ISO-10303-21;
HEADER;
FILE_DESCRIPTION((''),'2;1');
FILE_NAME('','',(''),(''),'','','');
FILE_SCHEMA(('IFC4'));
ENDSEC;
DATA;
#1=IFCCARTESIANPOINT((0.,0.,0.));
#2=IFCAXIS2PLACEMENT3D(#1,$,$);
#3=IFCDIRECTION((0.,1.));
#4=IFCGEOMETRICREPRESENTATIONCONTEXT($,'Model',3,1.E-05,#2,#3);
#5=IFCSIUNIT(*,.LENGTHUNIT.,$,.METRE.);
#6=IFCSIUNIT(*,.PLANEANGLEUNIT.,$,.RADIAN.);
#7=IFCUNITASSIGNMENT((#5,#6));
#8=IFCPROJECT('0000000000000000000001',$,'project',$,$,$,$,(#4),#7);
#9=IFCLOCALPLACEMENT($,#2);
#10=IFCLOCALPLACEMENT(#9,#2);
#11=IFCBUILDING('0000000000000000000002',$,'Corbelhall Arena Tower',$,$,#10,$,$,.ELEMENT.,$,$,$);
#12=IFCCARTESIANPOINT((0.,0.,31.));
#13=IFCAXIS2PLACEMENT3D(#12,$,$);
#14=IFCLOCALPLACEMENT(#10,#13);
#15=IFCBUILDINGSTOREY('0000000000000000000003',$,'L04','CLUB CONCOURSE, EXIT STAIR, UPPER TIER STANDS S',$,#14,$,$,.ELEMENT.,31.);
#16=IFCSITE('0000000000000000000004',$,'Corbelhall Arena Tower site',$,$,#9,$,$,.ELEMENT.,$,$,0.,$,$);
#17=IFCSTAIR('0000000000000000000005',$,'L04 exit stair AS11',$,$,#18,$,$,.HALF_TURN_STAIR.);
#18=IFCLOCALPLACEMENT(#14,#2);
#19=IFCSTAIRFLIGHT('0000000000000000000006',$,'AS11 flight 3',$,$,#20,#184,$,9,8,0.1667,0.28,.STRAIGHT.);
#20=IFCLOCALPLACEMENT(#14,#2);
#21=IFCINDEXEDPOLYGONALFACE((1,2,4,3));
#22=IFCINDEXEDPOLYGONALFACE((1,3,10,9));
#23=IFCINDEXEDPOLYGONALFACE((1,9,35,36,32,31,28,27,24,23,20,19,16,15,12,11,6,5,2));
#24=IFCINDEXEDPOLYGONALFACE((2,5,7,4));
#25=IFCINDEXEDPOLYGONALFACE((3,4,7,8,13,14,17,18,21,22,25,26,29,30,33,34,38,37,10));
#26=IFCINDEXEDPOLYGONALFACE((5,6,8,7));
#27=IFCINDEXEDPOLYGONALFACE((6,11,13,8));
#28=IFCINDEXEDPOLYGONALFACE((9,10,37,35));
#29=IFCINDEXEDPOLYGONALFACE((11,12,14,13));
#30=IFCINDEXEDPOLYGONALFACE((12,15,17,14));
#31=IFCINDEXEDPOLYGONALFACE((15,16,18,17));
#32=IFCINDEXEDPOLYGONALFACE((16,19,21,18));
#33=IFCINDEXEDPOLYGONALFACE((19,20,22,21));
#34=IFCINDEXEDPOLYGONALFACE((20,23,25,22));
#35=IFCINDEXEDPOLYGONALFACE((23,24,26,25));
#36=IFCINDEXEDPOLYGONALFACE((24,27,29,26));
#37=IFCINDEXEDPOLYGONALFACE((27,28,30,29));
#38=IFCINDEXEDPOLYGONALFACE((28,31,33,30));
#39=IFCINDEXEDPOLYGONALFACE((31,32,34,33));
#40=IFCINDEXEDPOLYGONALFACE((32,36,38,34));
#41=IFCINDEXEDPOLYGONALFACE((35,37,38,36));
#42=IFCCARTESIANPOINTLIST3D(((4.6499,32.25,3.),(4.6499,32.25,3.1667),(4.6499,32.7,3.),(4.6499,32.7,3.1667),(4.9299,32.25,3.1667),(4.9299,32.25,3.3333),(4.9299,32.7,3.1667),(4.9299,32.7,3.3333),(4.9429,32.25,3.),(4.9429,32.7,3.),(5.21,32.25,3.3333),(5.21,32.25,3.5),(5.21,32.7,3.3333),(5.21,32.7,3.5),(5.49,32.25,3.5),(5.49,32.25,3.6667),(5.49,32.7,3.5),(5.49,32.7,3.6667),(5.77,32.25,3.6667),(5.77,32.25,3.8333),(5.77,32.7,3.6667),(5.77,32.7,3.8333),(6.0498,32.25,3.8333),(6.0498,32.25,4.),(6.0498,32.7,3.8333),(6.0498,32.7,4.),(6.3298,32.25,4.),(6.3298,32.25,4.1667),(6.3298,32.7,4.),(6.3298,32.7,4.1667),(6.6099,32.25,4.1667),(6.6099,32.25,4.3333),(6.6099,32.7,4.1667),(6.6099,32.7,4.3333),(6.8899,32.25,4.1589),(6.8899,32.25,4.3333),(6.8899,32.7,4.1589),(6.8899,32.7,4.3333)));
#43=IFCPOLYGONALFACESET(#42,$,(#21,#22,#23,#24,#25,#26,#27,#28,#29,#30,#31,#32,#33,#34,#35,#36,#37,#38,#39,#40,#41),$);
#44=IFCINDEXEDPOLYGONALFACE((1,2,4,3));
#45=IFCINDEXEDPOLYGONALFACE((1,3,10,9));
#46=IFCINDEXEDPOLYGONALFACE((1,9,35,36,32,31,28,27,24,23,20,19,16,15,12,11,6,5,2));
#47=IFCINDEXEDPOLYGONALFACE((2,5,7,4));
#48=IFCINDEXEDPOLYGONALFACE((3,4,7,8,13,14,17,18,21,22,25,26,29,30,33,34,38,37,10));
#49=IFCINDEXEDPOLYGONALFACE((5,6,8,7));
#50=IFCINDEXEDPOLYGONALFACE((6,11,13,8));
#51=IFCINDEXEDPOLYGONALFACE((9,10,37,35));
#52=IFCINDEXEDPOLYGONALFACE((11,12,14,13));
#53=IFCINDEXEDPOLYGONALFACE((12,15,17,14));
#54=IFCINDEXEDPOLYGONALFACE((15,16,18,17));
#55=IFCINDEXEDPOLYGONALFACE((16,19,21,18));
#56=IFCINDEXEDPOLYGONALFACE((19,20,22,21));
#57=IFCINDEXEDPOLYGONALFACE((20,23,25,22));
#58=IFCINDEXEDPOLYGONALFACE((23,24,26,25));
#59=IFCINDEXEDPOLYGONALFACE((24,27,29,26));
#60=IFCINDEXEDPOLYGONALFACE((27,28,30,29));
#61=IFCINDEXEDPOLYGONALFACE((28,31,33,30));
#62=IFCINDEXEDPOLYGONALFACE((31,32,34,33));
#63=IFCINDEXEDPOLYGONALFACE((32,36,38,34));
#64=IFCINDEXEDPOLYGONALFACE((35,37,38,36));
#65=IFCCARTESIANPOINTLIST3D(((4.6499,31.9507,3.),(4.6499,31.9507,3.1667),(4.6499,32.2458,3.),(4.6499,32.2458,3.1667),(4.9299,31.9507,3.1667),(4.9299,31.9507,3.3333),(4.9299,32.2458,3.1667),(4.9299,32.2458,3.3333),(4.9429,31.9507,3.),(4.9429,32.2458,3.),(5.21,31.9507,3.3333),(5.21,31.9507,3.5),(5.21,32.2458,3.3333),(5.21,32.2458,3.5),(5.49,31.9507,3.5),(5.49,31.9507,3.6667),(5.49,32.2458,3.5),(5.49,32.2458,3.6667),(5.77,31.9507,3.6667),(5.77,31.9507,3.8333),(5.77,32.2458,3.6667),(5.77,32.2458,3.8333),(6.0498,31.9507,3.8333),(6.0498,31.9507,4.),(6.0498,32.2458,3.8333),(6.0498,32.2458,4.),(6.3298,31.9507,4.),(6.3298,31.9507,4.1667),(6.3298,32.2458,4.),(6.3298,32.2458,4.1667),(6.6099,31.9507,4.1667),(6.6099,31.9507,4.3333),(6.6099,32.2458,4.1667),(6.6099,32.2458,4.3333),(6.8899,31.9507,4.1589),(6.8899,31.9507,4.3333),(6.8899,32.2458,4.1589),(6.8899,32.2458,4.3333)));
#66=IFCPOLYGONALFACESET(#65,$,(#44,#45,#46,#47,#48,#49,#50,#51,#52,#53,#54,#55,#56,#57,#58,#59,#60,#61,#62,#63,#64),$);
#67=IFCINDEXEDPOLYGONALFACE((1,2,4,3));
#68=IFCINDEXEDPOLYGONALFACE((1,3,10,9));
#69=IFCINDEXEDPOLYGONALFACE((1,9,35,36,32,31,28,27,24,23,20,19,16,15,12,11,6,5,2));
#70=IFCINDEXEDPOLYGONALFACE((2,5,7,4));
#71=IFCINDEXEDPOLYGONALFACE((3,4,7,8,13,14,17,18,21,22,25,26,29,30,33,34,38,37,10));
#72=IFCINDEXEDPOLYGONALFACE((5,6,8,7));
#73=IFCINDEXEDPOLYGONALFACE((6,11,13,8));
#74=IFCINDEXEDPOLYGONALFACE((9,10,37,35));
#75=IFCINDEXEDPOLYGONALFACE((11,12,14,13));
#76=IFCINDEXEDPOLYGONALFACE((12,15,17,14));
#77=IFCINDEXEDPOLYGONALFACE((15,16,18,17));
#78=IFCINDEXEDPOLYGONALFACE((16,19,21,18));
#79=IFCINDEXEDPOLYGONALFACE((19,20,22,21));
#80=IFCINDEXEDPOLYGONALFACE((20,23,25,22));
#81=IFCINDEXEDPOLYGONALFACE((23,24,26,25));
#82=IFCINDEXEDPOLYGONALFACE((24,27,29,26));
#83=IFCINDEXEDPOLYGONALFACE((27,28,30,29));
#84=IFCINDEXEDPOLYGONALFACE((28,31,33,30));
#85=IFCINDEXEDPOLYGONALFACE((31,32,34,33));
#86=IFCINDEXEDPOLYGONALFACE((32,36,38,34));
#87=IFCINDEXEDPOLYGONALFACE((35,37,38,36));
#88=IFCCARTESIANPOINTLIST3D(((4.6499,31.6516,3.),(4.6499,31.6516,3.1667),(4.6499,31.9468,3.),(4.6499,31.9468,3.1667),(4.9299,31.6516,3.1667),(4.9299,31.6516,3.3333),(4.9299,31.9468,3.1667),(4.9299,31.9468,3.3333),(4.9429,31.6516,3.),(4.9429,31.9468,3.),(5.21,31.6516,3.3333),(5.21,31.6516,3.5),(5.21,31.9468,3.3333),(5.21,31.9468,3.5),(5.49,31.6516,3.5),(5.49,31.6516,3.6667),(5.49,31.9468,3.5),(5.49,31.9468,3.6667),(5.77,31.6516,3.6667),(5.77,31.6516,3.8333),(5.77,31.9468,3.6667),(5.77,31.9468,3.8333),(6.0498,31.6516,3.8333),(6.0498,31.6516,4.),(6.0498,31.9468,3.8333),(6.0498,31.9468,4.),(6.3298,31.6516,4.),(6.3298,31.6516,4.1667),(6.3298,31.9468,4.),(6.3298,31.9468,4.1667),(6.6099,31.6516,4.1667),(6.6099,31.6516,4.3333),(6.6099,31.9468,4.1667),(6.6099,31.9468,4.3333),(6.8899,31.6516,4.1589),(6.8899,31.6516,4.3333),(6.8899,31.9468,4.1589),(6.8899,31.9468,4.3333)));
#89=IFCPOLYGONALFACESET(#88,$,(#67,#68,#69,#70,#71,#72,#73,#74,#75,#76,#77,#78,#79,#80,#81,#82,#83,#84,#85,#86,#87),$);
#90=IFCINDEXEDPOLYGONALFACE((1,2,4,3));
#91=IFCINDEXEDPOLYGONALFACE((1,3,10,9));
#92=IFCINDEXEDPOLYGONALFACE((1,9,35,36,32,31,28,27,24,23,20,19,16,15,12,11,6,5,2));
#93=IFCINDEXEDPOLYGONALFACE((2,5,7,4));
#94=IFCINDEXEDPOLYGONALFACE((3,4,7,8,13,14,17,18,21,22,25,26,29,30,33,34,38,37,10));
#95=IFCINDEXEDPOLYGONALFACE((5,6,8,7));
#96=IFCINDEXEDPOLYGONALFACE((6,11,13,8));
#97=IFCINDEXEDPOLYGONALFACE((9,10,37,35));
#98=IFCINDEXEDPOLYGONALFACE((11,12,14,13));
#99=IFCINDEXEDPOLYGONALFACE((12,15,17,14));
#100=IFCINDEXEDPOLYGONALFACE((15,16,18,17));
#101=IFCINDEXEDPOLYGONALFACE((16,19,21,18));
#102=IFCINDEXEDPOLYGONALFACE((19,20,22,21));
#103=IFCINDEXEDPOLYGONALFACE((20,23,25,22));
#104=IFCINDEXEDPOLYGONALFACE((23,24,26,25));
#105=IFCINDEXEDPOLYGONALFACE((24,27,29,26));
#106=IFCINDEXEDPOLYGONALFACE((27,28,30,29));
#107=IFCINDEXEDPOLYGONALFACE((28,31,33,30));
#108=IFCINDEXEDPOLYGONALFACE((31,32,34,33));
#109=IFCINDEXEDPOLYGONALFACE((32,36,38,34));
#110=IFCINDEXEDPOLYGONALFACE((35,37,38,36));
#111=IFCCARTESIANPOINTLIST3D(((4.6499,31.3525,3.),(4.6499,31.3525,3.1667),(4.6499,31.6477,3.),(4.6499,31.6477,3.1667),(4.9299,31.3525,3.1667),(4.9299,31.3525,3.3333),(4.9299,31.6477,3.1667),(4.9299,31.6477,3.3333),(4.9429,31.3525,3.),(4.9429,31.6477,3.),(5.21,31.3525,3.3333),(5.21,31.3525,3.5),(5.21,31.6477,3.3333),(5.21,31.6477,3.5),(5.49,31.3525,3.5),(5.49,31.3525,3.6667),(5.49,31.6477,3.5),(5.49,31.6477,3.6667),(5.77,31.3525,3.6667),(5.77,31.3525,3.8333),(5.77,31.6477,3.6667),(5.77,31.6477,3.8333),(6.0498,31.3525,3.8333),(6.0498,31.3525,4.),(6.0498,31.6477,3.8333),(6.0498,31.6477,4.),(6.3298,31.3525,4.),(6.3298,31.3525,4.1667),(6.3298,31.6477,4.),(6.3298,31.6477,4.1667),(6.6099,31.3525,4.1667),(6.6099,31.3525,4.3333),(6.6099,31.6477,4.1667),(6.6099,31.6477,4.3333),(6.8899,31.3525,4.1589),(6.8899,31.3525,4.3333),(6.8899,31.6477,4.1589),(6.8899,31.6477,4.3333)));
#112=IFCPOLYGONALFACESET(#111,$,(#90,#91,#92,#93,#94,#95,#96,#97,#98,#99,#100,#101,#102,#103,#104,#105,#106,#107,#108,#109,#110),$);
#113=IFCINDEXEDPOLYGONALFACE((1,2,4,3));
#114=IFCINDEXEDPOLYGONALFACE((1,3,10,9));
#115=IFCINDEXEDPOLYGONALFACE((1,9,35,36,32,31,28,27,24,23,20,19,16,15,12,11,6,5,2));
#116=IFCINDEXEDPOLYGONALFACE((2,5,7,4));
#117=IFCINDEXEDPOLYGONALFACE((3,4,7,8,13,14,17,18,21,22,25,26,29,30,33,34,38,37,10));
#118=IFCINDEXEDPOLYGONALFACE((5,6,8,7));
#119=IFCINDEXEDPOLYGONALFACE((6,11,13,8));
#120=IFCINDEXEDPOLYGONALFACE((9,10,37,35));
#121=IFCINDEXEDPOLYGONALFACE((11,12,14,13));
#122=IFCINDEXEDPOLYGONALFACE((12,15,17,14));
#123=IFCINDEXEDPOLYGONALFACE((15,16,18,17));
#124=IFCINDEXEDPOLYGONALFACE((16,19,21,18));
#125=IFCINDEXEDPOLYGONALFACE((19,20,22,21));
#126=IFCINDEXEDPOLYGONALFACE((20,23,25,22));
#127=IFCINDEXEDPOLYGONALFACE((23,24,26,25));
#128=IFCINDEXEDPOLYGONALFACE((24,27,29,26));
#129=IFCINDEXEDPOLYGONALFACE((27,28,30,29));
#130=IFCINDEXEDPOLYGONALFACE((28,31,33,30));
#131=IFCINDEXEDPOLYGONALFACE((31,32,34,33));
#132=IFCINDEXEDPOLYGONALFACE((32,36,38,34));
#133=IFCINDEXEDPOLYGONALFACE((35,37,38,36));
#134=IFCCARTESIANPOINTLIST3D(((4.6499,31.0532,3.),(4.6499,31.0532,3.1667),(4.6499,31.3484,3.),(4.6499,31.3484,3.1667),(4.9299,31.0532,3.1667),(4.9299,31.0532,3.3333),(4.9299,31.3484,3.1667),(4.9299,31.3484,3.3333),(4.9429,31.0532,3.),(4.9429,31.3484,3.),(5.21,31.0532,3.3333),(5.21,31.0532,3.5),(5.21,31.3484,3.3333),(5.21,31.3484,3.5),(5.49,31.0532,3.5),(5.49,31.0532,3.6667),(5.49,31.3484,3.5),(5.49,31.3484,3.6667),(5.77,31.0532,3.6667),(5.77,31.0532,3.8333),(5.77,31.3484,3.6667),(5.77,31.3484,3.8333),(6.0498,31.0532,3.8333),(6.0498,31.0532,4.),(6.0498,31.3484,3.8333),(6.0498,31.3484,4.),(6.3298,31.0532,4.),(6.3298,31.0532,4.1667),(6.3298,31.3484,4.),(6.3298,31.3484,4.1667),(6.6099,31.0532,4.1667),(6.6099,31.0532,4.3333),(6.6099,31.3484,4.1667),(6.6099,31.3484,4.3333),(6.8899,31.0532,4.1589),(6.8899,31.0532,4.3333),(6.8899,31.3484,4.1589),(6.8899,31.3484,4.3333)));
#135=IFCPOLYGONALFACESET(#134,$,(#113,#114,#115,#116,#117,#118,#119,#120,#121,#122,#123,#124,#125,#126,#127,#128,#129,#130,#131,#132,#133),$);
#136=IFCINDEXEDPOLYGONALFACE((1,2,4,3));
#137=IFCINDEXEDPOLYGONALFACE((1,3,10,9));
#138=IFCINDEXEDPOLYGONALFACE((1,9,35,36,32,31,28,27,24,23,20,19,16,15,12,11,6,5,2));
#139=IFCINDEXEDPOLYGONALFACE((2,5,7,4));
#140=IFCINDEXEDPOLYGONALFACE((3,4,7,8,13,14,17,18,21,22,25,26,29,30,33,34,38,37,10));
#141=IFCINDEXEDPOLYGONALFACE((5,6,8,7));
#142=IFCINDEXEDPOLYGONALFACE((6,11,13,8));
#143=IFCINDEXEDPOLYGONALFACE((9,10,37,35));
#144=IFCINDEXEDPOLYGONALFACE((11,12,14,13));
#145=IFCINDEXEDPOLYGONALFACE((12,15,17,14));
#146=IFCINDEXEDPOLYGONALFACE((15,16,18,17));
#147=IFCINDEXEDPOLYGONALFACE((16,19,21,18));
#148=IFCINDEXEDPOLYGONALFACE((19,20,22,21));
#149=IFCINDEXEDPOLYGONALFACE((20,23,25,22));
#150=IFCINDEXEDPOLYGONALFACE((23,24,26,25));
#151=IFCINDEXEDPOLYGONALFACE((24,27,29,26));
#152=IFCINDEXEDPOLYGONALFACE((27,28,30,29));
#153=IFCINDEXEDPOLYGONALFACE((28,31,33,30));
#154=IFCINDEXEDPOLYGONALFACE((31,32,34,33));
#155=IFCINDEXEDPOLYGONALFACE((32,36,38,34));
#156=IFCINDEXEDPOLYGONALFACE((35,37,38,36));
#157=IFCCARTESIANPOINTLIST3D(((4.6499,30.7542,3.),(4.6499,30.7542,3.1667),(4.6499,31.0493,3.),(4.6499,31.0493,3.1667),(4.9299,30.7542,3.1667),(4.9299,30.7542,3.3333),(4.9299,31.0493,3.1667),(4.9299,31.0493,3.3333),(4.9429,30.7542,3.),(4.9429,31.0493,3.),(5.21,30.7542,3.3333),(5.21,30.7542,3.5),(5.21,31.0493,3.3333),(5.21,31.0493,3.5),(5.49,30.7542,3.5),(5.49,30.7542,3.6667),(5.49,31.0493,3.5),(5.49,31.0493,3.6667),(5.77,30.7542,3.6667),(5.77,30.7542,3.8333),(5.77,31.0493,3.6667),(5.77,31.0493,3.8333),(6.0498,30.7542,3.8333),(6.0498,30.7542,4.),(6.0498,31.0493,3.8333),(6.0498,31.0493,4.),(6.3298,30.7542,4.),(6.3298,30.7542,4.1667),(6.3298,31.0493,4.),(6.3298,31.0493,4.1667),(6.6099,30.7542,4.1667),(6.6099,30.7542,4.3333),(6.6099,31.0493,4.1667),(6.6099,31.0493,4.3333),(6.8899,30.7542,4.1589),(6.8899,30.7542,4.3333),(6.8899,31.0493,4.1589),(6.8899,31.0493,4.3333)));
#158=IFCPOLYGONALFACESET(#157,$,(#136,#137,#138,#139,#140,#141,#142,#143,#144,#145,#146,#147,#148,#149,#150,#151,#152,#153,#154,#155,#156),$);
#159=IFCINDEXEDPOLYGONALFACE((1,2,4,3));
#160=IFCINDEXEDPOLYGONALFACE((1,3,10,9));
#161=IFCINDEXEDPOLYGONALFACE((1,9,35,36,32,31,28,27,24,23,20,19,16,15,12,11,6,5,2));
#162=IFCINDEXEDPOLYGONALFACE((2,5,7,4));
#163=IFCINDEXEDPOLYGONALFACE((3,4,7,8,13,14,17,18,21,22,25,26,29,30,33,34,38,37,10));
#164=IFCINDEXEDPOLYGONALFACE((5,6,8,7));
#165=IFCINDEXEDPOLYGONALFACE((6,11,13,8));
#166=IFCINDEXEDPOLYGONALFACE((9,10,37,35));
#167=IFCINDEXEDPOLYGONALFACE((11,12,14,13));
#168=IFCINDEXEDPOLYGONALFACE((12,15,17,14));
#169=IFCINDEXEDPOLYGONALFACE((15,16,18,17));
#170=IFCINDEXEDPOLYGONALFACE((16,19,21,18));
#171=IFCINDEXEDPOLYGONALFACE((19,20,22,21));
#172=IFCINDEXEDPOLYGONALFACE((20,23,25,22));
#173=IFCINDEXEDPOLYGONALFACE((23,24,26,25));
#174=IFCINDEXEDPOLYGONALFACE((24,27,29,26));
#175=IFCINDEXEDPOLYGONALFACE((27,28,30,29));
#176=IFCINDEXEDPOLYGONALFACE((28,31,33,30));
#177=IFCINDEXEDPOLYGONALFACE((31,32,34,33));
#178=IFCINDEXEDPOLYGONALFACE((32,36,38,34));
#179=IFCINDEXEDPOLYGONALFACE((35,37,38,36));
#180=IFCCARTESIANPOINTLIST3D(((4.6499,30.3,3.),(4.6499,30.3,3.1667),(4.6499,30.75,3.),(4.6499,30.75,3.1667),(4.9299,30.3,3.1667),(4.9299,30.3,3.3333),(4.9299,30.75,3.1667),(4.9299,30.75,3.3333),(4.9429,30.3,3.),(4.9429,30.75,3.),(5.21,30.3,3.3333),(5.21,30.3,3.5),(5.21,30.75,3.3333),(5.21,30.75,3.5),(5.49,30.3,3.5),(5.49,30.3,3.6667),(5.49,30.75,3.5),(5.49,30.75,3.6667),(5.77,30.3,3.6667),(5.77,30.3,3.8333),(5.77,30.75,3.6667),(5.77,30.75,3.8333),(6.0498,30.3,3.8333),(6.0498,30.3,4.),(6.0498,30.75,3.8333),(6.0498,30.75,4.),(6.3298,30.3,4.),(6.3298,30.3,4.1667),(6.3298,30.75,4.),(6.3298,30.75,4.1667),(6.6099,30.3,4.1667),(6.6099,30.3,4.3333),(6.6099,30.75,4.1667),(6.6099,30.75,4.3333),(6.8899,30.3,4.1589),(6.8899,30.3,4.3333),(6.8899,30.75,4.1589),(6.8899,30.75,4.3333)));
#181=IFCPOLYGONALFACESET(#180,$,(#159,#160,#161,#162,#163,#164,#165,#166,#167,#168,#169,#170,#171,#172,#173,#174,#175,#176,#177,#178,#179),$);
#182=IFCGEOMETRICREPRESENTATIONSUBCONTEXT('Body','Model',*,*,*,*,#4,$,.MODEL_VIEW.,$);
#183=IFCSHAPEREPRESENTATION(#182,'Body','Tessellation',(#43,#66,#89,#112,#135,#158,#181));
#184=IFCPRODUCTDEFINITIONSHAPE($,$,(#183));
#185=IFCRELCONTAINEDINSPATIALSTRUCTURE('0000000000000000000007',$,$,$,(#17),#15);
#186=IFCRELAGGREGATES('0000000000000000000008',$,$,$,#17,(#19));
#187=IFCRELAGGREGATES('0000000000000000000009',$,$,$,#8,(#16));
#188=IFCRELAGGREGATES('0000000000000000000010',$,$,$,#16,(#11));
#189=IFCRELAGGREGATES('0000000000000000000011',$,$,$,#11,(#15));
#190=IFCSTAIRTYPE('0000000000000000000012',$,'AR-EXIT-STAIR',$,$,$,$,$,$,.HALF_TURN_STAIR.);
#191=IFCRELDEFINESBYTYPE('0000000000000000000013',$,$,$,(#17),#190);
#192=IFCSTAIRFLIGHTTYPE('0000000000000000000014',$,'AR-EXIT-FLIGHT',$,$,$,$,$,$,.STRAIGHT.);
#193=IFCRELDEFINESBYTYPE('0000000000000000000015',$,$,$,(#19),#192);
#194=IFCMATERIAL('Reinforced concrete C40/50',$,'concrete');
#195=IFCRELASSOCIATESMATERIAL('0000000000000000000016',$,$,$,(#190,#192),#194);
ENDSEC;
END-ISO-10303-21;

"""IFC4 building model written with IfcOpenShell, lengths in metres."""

from ifc_helpers import new_model, si_unit, direction, frame, origin, place, context, subcontext, project, spatial, polyline, outline, extrude, material, type_object, element, aggregate, save


model = new_model("IFC4")

# Units and contexts
model_context = context("Model", 3, precision=1e-05, world=origin(), true_north=direction((0.0, 1.0)))
body_context = subcontext(model_context, "Body", "Model", "MODEL_VIEW")
ifc_project = project(units=[si_unit("LENGTHUNIT", "METRE"), si_unit("PLANEANGLEUNIT", "RADIAN")], contexts=[model_context])

# Site, building, storey
site_placement = place(None, origin())
site = spatial("IfcSite", under=ifc_project, at=site_placement, Name="Corbelhall Arena Tower site", CompositionType="ELEMENT", RefElevation=0.0)
building_placement = place(site_placement, origin())
building = spatial("IfcBuilding", under=site, at=building_placement, Name="Corbelhall Arena Tower", CompositionType="ELEMENT")
storey_placement = place(building_placement, frame((0.0, 0.0, 31.0)))
storey = spatial("IfcBuildingStorey", under=building, at=storey_placement, Name="L04", Description="CLUB CONCOURSE, EXIT STAIR, UPPER TIER STANDS S", CompositionType="ELEMENT", Elevation=31.0)

# Shared definitions
ifc_material_1 = material(Name="Reinforced concrete C40/50", Category="concrete")

# Stair, stair flight
stair_type = type_object("IfcStairType", Name="AR-EXIT-STAIR", PredefinedType="HALF_TURN_STAIR", material=ifc_material_1)
stair_1_placement = place(storey_placement, origin())
stair_1 = element("IfcStair", 1, at=stair_1_placement, inside=storey, type_object=stair_type, Name="L04 exit stair AS11", PredefinedType="HALF_TURN_STAIR")
stair_flight_type = type_object("IfcStairFlightType", Name="AR-EXIT-FLIGHT", PredefinedType="STRAIGHT", material=ifc_material_1)
stair_flight_1_placement = place(storey_placement, frame((4.6499, 31.5, 3.0), z_axis=(0.0, 0.0, 1.0), x_axis=(1.0, 0.0, 0.0)))
stair_flight_1 = element("IfcStairFlight", 2, at=stair_flight_1_placement, type_object=stair_flight_type, Name="AS11 flight 3", NumberOfRisers=9, NumberOfTreads=8, PredefinedType="STRAIGHT", RiserHeight=0.1667, TreadLength=0.28, context=body_context, shape_type="SweptSolid", body=[
    extrude(outline(polyline([(0.0, 0.0), (0.0, 0.1667), (0.28, 0.1667), (0.28, 0.3333), (0.5601, 0.3333), (0.5601, 0.5), (0.8401, 0.5), (0.8401, 0.6667), (1.1201, 0.6667), (1.1201, 0.8333), (1.3999, 0.8333), (1.3999, 1.0), (1.6799, 1.0), (1.6799, 1.1667), (1.96, 1.1667), (1.96, 1.3333), (2.24, 1.3333), (2.24, 1.5), (2.24, 1.1589), (0.293, 0.0), (0.0, 0.0)])), frame((0.0, 1.2, 0.0), z_axis=(0.0, -1.0, 0.0), x_axis=(1.0, 0.0, 0.0)), (0.0, 0.0, 1.0), 0.45),
    extrude(outline(polyline([(0.0, 0.0), (0.0, 0.1667), (0.28, 0.1667), (0.28, 0.3333), (0.5601, 0.3333), (0.5601, 0.5), (0.8401, 0.5), (0.8401, 0.6667), (1.1201, 0.6667), (1.1201, 0.8333), (1.3999, 0.8333), (1.3999, 1.0), (1.6799, 1.0), (1.6799, 1.1667), (1.96, 1.1667), (1.96, 1.3333), (2.24, 1.3333), (2.24, 1.5), (2.24, 1.1589), (0.293, 0.0), (0.0, 0.0)])), frame((0.0, 0.7458, 0.0), z_axis=(0.0, -1.0, 0.0), x_axis=(1.0, 0.0, 0.0)), (0.0, 0.0, 1.0), 0.2952),
    extrude(outline(polyline([(0.0, 0.0), (0.0, 0.1667), (0.28, 0.1667), (0.28, 0.3333), (0.5601, 0.3333), (0.5601, 0.5), (0.8401, 0.5), (0.8401, 0.6667), (1.1201, 0.6667), (1.1201, 0.8333), (1.3999, 0.8333), (1.3999, 1.0), (1.6799, 1.0), (1.6799, 1.1667), (1.96, 1.1667), (1.96, 1.3333), (2.24, 1.3333), (2.24, 1.5), (2.24, 1.1589), (0.293, 0.0), (0.0, 0.0)])), frame((0.0, 0.4468, 0.0), z_axis=(0.0, -1.0, 0.0), x_axis=(1.0, 0.0, 0.0)), (0.0, 0.0, 1.0), 0.2952),
    extrude(outline(polyline([(0.0, 0.0), (0.0, 0.1667), (0.28, 0.1667), (0.28, 0.3333), (0.5601, 0.3333), (0.5601, 0.5), (0.8401, 0.5), (0.8401, 0.6667), (1.1201, 0.6667), (1.1201, 0.8333), (1.3999, 0.8333), (1.3999, 1.0), (1.6799, 1.0), (1.6799, 1.1667), (1.96, 1.1667), (1.96, 1.3333), (2.24, 1.3333), (2.24, 1.5), (2.24, 1.1589), (0.293, 0.0), (0.0, 0.0)])), frame((0.0, 0.1477, 0.0), z_axis=(0.0, -1.0, 0.0), x_axis=(1.0, 0.0, 0.0)), (0.0, 0.0, 1.0), 0.2952),
    extrude(outline(polyline([(0.0, 0.0), (0.0, 0.1667), (0.28, 0.1667), (0.28, 0.3333), (0.5601, 0.3333), (0.5601, 0.5), (0.8401, 0.5), (0.8401, 0.6667), (1.1201, 0.6667), (1.1201, 0.8333), (1.3999, 0.8333), (1.3999, 1.0), (1.6799, 1.0), (1.6799, 1.1667), (1.96, 1.1667), (1.96, 1.3333), (2.24, 1.3333), (2.24, 1.5), (2.24, 1.1589), (0.293, 0.0), (0.0, 0.0)])), frame((0.0, -0.1516, 0.0), z_axis=(0.0, -1.0, 0.0), x_axis=(1.0, 0.0, 0.0)), (0.0, 0.0, 1.0), 0.2952),
    extrude(outline(polyline([(0.0, 0.0), (0.0, 0.1667), (0.28, 0.1667), (0.28, 0.3333), (0.5601, 0.3333), (0.5601, 0.5), (0.8401, 0.5), (0.8401, 0.6667), (1.1201, 0.6667), (1.1201, 0.8333), (1.3999, 0.8333), (1.3999, 1.0), (1.6799, 1.0), (1.6799, 1.1667), (1.96, 1.1667), (1.96, 1.3333), (2.24, 1.3333), (2.24, 1.5), (2.24, 1.1589), (0.293, 0.0), (0.0, 0.0)])), frame((0.0, -0.4507, 0.0), z_axis=(0.0, -1.0, 0.0), x_axis=(1.0, 0.0, 0.0)), (0.0, 0.0, 1.0), 0.2952),
    extrude(outline(polyline([(0.0, 0.0), (0.0, 0.1667), (0.28, 0.1667), (0.28, 0.3333), (0.5601, 0.3333), (0.5601, 0.5), (0.8401, 0.5), (0.8401, 0.6667), (1.1201, 0.6667), (1.1201, 0.8333), (1.3999, 0.8333), (1.3999, 1.0), (1.6799, 1.0), (1.6799, 1.1667), (1.96, 1.1667), (1.96, 1.3333), (2.24, 1.3333), (2.24, 1.5), (2.24, 1.1589), (0.293, 0.0), (0.0, 0.0)])), frame((0.0, -0.75, 0.0), z_axis=(0.0, -1.0, 0.0), x_axis=(1.0, 0.0, 0.0)), (0.0, 0.0, 1.0), 0.45),
])
aggregate(stair_1, [stair_flight_1])

save(model, "model.ifc")
